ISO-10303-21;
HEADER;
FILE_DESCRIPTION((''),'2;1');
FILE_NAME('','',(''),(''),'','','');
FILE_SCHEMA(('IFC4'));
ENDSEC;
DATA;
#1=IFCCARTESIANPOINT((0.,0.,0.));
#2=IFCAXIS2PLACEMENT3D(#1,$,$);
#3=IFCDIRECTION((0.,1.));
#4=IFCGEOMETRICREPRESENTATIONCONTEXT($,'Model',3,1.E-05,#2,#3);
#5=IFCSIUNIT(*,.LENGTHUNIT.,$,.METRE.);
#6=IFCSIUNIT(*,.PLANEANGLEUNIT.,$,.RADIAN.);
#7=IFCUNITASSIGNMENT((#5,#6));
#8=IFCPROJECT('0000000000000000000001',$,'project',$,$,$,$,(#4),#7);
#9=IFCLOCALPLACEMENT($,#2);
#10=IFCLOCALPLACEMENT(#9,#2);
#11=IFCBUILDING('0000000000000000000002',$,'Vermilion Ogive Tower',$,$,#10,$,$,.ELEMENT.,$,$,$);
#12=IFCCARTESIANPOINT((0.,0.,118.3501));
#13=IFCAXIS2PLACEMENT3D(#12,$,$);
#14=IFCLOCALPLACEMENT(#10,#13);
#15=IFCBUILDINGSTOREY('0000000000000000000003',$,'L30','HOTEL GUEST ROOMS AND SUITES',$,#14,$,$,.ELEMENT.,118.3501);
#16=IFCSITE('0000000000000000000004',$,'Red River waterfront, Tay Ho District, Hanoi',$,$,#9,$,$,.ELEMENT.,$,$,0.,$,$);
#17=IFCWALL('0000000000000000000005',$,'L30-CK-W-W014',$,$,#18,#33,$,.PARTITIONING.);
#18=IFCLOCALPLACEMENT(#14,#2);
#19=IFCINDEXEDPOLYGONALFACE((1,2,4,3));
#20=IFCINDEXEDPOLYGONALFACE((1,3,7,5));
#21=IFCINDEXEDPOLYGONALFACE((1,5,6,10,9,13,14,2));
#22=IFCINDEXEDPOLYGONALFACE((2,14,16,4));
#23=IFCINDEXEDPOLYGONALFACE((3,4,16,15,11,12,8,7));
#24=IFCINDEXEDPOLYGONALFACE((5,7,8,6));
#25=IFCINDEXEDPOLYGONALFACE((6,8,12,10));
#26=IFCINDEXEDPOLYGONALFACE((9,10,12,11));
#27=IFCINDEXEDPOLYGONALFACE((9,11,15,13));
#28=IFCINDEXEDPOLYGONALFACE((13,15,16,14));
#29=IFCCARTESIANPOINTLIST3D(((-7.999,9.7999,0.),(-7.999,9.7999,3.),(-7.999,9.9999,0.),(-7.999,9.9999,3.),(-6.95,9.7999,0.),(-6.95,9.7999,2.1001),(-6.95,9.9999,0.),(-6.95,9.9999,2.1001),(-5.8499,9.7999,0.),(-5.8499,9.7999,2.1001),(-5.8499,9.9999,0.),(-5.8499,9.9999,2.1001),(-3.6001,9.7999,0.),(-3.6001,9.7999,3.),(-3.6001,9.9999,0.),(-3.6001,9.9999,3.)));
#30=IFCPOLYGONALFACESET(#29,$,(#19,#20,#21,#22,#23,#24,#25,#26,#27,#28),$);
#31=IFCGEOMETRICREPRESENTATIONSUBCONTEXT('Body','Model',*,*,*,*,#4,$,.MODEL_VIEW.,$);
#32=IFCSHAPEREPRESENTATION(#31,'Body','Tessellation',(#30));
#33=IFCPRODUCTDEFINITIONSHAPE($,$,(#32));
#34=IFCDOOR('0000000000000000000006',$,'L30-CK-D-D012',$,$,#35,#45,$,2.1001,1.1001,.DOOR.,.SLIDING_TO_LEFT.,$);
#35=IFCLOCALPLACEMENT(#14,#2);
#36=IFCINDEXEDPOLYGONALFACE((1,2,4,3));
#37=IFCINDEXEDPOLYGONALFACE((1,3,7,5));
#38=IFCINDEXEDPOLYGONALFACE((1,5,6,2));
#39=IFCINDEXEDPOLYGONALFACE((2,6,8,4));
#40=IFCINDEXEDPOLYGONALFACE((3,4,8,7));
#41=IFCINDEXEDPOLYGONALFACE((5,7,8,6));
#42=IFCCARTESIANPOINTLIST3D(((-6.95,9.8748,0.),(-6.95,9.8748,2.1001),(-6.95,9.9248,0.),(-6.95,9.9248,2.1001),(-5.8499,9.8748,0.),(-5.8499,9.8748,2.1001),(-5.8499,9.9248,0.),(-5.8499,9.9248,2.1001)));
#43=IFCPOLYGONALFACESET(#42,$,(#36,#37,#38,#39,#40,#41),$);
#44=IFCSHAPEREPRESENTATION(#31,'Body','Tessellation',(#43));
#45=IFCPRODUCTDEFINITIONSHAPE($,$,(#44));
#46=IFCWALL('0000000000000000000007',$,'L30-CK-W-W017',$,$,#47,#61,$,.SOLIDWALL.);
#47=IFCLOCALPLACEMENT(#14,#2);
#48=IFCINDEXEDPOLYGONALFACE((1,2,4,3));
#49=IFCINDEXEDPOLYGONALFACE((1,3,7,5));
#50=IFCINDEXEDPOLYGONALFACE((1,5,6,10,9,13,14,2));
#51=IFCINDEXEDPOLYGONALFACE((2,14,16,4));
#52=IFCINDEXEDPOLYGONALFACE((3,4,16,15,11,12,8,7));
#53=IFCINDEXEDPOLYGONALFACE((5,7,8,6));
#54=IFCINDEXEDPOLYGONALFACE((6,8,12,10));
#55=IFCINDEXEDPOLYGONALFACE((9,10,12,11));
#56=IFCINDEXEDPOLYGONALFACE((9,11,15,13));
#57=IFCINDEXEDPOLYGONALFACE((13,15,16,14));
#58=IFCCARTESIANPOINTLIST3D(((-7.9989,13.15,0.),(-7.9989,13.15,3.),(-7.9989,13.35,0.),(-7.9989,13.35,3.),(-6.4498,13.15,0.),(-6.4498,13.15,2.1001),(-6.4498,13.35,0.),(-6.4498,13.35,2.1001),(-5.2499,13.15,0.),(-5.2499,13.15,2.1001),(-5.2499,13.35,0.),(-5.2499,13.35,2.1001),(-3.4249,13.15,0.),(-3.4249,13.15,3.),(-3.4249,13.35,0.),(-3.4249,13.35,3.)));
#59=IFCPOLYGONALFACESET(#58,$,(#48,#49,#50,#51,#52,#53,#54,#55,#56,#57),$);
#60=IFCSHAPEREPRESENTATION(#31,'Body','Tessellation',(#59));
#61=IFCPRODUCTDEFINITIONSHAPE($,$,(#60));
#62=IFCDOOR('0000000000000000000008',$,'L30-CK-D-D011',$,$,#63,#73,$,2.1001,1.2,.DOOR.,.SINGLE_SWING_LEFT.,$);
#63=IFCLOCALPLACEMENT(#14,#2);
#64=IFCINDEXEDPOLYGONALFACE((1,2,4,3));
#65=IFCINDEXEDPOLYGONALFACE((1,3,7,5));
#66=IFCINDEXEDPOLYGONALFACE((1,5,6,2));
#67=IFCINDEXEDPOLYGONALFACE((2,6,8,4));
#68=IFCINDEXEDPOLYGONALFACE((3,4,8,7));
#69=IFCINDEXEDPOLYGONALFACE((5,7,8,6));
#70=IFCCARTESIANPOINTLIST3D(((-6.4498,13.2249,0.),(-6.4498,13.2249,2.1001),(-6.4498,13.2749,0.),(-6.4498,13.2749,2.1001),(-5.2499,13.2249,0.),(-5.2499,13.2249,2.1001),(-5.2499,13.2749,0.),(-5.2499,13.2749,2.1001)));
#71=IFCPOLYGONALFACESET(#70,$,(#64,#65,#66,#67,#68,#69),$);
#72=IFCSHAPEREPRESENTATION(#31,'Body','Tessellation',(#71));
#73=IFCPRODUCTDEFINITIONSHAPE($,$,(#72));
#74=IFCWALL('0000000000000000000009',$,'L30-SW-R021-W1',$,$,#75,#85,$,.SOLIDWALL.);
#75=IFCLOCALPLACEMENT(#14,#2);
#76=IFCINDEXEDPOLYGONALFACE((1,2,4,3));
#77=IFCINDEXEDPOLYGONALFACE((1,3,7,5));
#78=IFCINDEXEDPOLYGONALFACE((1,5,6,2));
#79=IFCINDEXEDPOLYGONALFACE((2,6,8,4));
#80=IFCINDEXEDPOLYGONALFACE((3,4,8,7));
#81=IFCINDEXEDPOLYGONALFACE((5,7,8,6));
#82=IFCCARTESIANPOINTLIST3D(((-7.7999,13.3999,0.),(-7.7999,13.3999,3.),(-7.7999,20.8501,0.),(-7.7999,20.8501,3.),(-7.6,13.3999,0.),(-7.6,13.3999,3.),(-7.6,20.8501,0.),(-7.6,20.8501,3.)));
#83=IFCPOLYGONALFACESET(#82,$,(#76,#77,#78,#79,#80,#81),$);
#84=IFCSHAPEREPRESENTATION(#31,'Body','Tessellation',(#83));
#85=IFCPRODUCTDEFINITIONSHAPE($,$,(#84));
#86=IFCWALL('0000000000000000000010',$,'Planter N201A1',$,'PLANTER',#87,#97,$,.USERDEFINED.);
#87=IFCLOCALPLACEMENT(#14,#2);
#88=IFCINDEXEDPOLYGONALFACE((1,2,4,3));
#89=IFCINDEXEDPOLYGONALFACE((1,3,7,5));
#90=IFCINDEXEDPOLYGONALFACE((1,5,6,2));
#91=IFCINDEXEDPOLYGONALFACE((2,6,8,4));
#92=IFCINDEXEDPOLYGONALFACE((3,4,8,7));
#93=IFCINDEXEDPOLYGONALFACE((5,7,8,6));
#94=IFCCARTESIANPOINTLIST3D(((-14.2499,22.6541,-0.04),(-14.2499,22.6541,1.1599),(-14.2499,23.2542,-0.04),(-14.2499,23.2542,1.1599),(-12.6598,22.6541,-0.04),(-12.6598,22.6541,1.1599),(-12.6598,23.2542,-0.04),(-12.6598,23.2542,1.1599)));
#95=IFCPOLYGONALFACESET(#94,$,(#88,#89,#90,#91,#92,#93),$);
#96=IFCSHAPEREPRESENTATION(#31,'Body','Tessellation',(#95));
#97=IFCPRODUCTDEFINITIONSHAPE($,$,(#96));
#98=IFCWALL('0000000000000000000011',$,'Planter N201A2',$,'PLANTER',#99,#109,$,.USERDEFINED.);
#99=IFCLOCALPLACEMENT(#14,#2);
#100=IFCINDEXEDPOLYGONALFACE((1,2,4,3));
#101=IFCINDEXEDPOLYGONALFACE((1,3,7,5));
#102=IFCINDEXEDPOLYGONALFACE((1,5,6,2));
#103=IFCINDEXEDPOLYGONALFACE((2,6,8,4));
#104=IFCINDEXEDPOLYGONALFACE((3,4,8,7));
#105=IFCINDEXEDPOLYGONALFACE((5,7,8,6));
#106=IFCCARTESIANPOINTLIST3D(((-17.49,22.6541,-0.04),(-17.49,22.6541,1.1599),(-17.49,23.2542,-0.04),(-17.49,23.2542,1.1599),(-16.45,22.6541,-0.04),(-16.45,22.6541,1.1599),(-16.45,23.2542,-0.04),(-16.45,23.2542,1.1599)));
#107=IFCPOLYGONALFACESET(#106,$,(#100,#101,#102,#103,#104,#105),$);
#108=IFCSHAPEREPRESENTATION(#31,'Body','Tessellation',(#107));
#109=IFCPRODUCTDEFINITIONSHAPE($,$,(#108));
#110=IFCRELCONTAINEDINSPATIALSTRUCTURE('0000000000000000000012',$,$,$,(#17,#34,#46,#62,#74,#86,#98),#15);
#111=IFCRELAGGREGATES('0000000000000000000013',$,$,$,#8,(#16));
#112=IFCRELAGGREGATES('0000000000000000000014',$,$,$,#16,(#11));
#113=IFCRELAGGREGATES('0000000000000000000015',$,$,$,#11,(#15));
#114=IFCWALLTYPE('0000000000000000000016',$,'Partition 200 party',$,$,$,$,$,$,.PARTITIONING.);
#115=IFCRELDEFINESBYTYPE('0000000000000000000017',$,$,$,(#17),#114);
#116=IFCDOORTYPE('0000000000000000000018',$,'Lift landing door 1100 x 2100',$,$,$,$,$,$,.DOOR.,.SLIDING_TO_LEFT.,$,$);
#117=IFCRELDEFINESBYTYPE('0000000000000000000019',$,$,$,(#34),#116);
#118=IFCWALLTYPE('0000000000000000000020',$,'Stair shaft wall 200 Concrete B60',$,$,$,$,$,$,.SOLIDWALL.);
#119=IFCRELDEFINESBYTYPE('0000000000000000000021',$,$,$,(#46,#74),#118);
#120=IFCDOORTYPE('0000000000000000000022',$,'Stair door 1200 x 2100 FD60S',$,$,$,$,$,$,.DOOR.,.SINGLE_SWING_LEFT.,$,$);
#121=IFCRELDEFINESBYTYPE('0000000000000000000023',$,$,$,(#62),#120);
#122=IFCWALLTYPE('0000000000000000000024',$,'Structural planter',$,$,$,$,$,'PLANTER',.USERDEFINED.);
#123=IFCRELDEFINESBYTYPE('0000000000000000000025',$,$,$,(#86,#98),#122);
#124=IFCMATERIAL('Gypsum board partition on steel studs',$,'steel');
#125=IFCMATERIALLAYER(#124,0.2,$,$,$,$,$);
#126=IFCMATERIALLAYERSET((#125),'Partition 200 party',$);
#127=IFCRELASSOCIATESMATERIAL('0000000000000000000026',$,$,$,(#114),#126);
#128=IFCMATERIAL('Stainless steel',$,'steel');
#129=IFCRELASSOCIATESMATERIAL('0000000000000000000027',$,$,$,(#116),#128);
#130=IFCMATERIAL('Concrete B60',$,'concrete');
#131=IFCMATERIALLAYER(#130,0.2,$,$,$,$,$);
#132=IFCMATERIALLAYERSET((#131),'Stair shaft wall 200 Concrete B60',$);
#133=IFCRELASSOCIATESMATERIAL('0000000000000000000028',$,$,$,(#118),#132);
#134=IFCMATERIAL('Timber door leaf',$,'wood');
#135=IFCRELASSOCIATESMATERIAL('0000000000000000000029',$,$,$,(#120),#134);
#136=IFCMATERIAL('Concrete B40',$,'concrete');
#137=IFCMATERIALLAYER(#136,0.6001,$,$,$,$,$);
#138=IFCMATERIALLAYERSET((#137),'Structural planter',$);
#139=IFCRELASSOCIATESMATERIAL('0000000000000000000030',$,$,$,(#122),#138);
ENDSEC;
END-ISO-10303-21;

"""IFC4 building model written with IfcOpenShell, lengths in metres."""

from ifc_helpers import new_model, si_unit, direction, frame, frame_2d, origin, place, context, subcontext, project, spatial, rectangle, extrude, material, layer, layer_set, type_object, element, fill, save


model = new_model("IFC4")

# Units and contexts
model_context = context("Model", 3, precision=1e-05, world=origin(), true_north=direction((0.0, 1.0)))
body_context = subcontext(model_context, "Body", "Model", "MODEL_VIEW")
ifc_project = project(units=[si_unit("LENGTHUNIT", "METRE"), si_unit("PLANEANGLEUNIT", "RADIAN")], contexts=[model_context])

# Site, building, storey
site_placement = place(None, origin())
site = spatial("IfcSite", under=ifc_project, at=site_placement, Name="Red River waterfront, Tay Ho District, Hanoi", CompositionType="ELEMENT", RefElevation=0.0)
building_placement = place(site_placement, origin())
building = spatial("IfcBuilding", under=site, at=building_placement, Name="Vermilion Ogive Tower", CompositionType="ELEMENT")
storey_placement = place(building_placement, frame((0.0, 0.0, 118.3501)))
storey = spatial("IfcBuildingStorey", under=building, at=storey_placement, Name="L30", Description="HOTEL GUEST ROOMS AND SUITES", CompositionType="ELEMENT", Elevation=118.3501)

# Walls, openings, doors
ifc_material_1 = material(Name="Gypsum board partition on steel studs", Category="steel")
ifc_layer_1 = layer(ifc_material_1, 0.2)
ifc_layer_set_1 = layer_set([ifc_layer_1], Name="Partition 200 party")
wall_type_1 = type_object("IfcWallType", Name="Partition 200 party", PredefinedType="PARTITIONING", material=ifc_layer_set_1)
wall_1_placement = place(storey_placement, frame((-7.999, 9.8999, 0.0), z_axis=(0.0, 0.0, 1.0), x_axis=(1.0, 0.0, 0.0)))
wall_1 = element("IfcWall", 1, at=wall_1_placement, inside=storey, type_object=wall_type_1, Name="L30-CK-W-W014", PredefinedType="PARTITIONING", context=body_context, shape_type="SweptSolid", body=[
    extrude(rectangle(XDim=4.3989, YDim=0.2, at=frame_2d((2.1995, 0.0))), origin(), (0.0, 0.0, 1.0), 3.0),
])
opening_1_placement = place(wall_1_placement, frame((1.0491, 0.0, 0.0)))
opening_1 = element("IfcOpeningElement", 2, at=opening_1_placement, cuts=wall_1, PredefinedType="OPENING", context=body_context, shape_type="SweptSolid", body=[
    extrude(rectangle(XDim=1.1001, YDim=2.1001, at=frame_2d((0.55, 1.05))), frame((0.0, 0.1099, 0.0), z_axis=(0.0, -1.0, 0.0), x_axis=(1.0, 0.0, 0.0)), (0.0, 0.0, 1.0), 0.22),
])
ifc_material_2 = material(Name="Stainless steel", Category="steel")
door_type_1 = type_object("IfcDoorType", Name="Lift landing door 1100 x 2100", OperationType="SLIDING_TO_LEFT", PredefinedType="DOOR", material=ifc_material_2)
door_1_placement = place(opening_1_placement, origin())
door_1 = element("IfcDoor", 3, at=door_1_placement, inside=storey, type_object=door_type_1, Name="L30-CK-D-D012", OperationType="SLIDING_TO_LEFT", OverallHeight=2.1001, OverallWidth=1.1001, PredefinedType="DOOR", context=body_context, shape_type="SweptSolid", body=[
    extrude(rectangle(XDim=1.1001, YDim=2.1001, at=frame_2d((0.55, 1.05))), frame((0.0, 0.0249, 0.0), z_axis=(0.0, -1.0, 0.0), x_axis=(1.0, 0.0, 0.0)), (0.0, 0.0, 1.0), 0.05),
])
fill(opening_1, door_1)
ifc_material_3 = material(Name="Concrete B60", Category="concrete")
ifc_layer_2 = layer(ifc_material_3, 0.2)
ifc_layer_set_2 = layer_set([ifc_layer_2], Name="Stair shaft wall 200 Concrete B60")
wall_type_2 = type_object("IfcWallType", Name="Stair shaft wall 200 Concrete B60", PredefinedType="SOLIDWALL", material=ifc_layer_set_2)
wall_2_placement = place(storey_placement, frame((-7.999, 13.25, 0.0), z_axis=(0.0, 0.0, 1.0), x_axis=(1.0, 0.0, 0.0)))
wall_2 = element("IfcWall", 4, at=wall_2_placement, inside=storey, type_object=wall_type_2, Name="L30-CK-W-W017", PredefinedType="SOLIDWALL", context=body_context, shape_type="SweptSolid", body=[
    extrude(rectangle(XDim=4.574, YDim=0.2, at=frame_2d((2.2871, 0.0))), origin(), (0.0, 0.0, 1.0), 3.0),
])
opening_2_placement = place(wall_2_placement, frame((1.5491, 0.0, 0.0)))
opening_2 = element("IfcOpeningElement", 5, at=opening_2_placement, cuts=wall_2, PredefinedType="OPENING", context=body_context, shape_type="SweptSolid", body=[
    extrude(rectangle(XDim=1.2, YDim=2.1001, at=frame_2d((0.6001, 1.05))), frame((0.0, 0.1099, 0.0), z_axis=(0.0, -1.0, 0.0), x_axis=(1.0, 0.0, 0.0)), (0.0, 0.0, 1.0), 0.22),
])
ifc_material_4 = material(Name="Timber door leaf", Category="wood")
door_type_2 = type_object("IfcDoorType", Name="Stair door 1200 x 2100 FD60S", OperationType="SINGLE_SWING_LEFT", PredefinedType="DOOR", material=ifc_material_4)
door_2_placement = place(opening_2_placement, origin())
door_2 = element("IfcDoor", 6, at=door_2_placement, inside=storey, type_object=door_type_2, Name="L30-CK-D-D011", OperationType="SINGLE_SWING_LEFT", OverallHeight=2.1001, OverallWidth=1.2, PredefinedType="DOOR", context=body_context, shape_type="SweptSolid", body=[
    extrude(rectangle(XDim=1.2, YDim=2.1001, at=frame_2d((0.6001, 1.05))), frame((0.0, 0.0249, 0.0), z_axis=(0.0, -1.0, 0.0), x_axis=(1.0, 0.0, 0.0)), (0.0, 0.0, 1.0), 0.05),
])
fill(opening_2, door_2)

# Walls
wall_3_placement = place(storey_placement, frame((-7.7, 13.3999, 0.0), z_axis=(0.0, 0.0, 1.0), x_axis=(0.0, 1.0, 0.0)))
element("IfcWall", 7, at=wall_3_placement, inside=storey, type_object=wall_type_2, Name="L30-SW-R021-W1", PredefinedType="SOLIDWALL", context=body_context, shape_type="SweptSolid", body=[
    extrude(rectangle(XDim=7.4502, YDim=0.2, at=frame_2d((3.7251, 0.0))), origin(), (0.0, 0.0, 1.0), 3.0),
])
ifc_material_5 = material(Name="Concrete B40", Category="concrete")
ifc_layer_3 = layer(ifc_material_5, 0.6001)
ifc_layer_set_3 = layer_set([ifc_layer_3], Name="Structural planter")
wall_type_3 = type_object("IfcWallType", Name="Structural planter", ElementType="PLANTER", PredefinedType="USERDEFINED", material=ifc_layer_set_3)
wall_4_placement = place(storey_placement, frame((-12.6599, 22.9541, -0.04), z_axis=(0.0, 0.0, 1.0), x_axis=(-1.0, 0.0, 0.0)))
element("IfcWall", 8, at=wall_4_placement, inside=storey, type_object=wall_type_3, Name="Planter N201A1", ObjectType="PLANTER", PredefinedType="USERDEFINED", context=body_context, shape_type="SweptSolid", body=[
    extrude(rectangle(XDim=1.5901, YDim=0.6001, at=frame_2d((0.7949, 0.0))), origin(), (0.0, 0.0, 1.0), 1.2),
])
wall_5_placement = place(storey_placement, frame((-16.45, 22.9541, -0.04), z_axis=(0.0, 0.0, 1.0), x_axis=(-1.0, 0.0, 0.0)))
element("IfcWall", 9, at=wall_5_placement, inside=storey, type_object=wall_type_3, Name="Planter N201A2", ObjectType="PLANTER", PredefinedType="USERDEFINED", context=body_context, shape_type="SweptSolid", body=[
    extrude(rectangle(XDim=1.04, YDim=0.6001, at=frame_2d((0.52, 0.0))), origin(), (0.0, 0.0, 1.0), 1.2),
])

save(model, "model.ifc")
